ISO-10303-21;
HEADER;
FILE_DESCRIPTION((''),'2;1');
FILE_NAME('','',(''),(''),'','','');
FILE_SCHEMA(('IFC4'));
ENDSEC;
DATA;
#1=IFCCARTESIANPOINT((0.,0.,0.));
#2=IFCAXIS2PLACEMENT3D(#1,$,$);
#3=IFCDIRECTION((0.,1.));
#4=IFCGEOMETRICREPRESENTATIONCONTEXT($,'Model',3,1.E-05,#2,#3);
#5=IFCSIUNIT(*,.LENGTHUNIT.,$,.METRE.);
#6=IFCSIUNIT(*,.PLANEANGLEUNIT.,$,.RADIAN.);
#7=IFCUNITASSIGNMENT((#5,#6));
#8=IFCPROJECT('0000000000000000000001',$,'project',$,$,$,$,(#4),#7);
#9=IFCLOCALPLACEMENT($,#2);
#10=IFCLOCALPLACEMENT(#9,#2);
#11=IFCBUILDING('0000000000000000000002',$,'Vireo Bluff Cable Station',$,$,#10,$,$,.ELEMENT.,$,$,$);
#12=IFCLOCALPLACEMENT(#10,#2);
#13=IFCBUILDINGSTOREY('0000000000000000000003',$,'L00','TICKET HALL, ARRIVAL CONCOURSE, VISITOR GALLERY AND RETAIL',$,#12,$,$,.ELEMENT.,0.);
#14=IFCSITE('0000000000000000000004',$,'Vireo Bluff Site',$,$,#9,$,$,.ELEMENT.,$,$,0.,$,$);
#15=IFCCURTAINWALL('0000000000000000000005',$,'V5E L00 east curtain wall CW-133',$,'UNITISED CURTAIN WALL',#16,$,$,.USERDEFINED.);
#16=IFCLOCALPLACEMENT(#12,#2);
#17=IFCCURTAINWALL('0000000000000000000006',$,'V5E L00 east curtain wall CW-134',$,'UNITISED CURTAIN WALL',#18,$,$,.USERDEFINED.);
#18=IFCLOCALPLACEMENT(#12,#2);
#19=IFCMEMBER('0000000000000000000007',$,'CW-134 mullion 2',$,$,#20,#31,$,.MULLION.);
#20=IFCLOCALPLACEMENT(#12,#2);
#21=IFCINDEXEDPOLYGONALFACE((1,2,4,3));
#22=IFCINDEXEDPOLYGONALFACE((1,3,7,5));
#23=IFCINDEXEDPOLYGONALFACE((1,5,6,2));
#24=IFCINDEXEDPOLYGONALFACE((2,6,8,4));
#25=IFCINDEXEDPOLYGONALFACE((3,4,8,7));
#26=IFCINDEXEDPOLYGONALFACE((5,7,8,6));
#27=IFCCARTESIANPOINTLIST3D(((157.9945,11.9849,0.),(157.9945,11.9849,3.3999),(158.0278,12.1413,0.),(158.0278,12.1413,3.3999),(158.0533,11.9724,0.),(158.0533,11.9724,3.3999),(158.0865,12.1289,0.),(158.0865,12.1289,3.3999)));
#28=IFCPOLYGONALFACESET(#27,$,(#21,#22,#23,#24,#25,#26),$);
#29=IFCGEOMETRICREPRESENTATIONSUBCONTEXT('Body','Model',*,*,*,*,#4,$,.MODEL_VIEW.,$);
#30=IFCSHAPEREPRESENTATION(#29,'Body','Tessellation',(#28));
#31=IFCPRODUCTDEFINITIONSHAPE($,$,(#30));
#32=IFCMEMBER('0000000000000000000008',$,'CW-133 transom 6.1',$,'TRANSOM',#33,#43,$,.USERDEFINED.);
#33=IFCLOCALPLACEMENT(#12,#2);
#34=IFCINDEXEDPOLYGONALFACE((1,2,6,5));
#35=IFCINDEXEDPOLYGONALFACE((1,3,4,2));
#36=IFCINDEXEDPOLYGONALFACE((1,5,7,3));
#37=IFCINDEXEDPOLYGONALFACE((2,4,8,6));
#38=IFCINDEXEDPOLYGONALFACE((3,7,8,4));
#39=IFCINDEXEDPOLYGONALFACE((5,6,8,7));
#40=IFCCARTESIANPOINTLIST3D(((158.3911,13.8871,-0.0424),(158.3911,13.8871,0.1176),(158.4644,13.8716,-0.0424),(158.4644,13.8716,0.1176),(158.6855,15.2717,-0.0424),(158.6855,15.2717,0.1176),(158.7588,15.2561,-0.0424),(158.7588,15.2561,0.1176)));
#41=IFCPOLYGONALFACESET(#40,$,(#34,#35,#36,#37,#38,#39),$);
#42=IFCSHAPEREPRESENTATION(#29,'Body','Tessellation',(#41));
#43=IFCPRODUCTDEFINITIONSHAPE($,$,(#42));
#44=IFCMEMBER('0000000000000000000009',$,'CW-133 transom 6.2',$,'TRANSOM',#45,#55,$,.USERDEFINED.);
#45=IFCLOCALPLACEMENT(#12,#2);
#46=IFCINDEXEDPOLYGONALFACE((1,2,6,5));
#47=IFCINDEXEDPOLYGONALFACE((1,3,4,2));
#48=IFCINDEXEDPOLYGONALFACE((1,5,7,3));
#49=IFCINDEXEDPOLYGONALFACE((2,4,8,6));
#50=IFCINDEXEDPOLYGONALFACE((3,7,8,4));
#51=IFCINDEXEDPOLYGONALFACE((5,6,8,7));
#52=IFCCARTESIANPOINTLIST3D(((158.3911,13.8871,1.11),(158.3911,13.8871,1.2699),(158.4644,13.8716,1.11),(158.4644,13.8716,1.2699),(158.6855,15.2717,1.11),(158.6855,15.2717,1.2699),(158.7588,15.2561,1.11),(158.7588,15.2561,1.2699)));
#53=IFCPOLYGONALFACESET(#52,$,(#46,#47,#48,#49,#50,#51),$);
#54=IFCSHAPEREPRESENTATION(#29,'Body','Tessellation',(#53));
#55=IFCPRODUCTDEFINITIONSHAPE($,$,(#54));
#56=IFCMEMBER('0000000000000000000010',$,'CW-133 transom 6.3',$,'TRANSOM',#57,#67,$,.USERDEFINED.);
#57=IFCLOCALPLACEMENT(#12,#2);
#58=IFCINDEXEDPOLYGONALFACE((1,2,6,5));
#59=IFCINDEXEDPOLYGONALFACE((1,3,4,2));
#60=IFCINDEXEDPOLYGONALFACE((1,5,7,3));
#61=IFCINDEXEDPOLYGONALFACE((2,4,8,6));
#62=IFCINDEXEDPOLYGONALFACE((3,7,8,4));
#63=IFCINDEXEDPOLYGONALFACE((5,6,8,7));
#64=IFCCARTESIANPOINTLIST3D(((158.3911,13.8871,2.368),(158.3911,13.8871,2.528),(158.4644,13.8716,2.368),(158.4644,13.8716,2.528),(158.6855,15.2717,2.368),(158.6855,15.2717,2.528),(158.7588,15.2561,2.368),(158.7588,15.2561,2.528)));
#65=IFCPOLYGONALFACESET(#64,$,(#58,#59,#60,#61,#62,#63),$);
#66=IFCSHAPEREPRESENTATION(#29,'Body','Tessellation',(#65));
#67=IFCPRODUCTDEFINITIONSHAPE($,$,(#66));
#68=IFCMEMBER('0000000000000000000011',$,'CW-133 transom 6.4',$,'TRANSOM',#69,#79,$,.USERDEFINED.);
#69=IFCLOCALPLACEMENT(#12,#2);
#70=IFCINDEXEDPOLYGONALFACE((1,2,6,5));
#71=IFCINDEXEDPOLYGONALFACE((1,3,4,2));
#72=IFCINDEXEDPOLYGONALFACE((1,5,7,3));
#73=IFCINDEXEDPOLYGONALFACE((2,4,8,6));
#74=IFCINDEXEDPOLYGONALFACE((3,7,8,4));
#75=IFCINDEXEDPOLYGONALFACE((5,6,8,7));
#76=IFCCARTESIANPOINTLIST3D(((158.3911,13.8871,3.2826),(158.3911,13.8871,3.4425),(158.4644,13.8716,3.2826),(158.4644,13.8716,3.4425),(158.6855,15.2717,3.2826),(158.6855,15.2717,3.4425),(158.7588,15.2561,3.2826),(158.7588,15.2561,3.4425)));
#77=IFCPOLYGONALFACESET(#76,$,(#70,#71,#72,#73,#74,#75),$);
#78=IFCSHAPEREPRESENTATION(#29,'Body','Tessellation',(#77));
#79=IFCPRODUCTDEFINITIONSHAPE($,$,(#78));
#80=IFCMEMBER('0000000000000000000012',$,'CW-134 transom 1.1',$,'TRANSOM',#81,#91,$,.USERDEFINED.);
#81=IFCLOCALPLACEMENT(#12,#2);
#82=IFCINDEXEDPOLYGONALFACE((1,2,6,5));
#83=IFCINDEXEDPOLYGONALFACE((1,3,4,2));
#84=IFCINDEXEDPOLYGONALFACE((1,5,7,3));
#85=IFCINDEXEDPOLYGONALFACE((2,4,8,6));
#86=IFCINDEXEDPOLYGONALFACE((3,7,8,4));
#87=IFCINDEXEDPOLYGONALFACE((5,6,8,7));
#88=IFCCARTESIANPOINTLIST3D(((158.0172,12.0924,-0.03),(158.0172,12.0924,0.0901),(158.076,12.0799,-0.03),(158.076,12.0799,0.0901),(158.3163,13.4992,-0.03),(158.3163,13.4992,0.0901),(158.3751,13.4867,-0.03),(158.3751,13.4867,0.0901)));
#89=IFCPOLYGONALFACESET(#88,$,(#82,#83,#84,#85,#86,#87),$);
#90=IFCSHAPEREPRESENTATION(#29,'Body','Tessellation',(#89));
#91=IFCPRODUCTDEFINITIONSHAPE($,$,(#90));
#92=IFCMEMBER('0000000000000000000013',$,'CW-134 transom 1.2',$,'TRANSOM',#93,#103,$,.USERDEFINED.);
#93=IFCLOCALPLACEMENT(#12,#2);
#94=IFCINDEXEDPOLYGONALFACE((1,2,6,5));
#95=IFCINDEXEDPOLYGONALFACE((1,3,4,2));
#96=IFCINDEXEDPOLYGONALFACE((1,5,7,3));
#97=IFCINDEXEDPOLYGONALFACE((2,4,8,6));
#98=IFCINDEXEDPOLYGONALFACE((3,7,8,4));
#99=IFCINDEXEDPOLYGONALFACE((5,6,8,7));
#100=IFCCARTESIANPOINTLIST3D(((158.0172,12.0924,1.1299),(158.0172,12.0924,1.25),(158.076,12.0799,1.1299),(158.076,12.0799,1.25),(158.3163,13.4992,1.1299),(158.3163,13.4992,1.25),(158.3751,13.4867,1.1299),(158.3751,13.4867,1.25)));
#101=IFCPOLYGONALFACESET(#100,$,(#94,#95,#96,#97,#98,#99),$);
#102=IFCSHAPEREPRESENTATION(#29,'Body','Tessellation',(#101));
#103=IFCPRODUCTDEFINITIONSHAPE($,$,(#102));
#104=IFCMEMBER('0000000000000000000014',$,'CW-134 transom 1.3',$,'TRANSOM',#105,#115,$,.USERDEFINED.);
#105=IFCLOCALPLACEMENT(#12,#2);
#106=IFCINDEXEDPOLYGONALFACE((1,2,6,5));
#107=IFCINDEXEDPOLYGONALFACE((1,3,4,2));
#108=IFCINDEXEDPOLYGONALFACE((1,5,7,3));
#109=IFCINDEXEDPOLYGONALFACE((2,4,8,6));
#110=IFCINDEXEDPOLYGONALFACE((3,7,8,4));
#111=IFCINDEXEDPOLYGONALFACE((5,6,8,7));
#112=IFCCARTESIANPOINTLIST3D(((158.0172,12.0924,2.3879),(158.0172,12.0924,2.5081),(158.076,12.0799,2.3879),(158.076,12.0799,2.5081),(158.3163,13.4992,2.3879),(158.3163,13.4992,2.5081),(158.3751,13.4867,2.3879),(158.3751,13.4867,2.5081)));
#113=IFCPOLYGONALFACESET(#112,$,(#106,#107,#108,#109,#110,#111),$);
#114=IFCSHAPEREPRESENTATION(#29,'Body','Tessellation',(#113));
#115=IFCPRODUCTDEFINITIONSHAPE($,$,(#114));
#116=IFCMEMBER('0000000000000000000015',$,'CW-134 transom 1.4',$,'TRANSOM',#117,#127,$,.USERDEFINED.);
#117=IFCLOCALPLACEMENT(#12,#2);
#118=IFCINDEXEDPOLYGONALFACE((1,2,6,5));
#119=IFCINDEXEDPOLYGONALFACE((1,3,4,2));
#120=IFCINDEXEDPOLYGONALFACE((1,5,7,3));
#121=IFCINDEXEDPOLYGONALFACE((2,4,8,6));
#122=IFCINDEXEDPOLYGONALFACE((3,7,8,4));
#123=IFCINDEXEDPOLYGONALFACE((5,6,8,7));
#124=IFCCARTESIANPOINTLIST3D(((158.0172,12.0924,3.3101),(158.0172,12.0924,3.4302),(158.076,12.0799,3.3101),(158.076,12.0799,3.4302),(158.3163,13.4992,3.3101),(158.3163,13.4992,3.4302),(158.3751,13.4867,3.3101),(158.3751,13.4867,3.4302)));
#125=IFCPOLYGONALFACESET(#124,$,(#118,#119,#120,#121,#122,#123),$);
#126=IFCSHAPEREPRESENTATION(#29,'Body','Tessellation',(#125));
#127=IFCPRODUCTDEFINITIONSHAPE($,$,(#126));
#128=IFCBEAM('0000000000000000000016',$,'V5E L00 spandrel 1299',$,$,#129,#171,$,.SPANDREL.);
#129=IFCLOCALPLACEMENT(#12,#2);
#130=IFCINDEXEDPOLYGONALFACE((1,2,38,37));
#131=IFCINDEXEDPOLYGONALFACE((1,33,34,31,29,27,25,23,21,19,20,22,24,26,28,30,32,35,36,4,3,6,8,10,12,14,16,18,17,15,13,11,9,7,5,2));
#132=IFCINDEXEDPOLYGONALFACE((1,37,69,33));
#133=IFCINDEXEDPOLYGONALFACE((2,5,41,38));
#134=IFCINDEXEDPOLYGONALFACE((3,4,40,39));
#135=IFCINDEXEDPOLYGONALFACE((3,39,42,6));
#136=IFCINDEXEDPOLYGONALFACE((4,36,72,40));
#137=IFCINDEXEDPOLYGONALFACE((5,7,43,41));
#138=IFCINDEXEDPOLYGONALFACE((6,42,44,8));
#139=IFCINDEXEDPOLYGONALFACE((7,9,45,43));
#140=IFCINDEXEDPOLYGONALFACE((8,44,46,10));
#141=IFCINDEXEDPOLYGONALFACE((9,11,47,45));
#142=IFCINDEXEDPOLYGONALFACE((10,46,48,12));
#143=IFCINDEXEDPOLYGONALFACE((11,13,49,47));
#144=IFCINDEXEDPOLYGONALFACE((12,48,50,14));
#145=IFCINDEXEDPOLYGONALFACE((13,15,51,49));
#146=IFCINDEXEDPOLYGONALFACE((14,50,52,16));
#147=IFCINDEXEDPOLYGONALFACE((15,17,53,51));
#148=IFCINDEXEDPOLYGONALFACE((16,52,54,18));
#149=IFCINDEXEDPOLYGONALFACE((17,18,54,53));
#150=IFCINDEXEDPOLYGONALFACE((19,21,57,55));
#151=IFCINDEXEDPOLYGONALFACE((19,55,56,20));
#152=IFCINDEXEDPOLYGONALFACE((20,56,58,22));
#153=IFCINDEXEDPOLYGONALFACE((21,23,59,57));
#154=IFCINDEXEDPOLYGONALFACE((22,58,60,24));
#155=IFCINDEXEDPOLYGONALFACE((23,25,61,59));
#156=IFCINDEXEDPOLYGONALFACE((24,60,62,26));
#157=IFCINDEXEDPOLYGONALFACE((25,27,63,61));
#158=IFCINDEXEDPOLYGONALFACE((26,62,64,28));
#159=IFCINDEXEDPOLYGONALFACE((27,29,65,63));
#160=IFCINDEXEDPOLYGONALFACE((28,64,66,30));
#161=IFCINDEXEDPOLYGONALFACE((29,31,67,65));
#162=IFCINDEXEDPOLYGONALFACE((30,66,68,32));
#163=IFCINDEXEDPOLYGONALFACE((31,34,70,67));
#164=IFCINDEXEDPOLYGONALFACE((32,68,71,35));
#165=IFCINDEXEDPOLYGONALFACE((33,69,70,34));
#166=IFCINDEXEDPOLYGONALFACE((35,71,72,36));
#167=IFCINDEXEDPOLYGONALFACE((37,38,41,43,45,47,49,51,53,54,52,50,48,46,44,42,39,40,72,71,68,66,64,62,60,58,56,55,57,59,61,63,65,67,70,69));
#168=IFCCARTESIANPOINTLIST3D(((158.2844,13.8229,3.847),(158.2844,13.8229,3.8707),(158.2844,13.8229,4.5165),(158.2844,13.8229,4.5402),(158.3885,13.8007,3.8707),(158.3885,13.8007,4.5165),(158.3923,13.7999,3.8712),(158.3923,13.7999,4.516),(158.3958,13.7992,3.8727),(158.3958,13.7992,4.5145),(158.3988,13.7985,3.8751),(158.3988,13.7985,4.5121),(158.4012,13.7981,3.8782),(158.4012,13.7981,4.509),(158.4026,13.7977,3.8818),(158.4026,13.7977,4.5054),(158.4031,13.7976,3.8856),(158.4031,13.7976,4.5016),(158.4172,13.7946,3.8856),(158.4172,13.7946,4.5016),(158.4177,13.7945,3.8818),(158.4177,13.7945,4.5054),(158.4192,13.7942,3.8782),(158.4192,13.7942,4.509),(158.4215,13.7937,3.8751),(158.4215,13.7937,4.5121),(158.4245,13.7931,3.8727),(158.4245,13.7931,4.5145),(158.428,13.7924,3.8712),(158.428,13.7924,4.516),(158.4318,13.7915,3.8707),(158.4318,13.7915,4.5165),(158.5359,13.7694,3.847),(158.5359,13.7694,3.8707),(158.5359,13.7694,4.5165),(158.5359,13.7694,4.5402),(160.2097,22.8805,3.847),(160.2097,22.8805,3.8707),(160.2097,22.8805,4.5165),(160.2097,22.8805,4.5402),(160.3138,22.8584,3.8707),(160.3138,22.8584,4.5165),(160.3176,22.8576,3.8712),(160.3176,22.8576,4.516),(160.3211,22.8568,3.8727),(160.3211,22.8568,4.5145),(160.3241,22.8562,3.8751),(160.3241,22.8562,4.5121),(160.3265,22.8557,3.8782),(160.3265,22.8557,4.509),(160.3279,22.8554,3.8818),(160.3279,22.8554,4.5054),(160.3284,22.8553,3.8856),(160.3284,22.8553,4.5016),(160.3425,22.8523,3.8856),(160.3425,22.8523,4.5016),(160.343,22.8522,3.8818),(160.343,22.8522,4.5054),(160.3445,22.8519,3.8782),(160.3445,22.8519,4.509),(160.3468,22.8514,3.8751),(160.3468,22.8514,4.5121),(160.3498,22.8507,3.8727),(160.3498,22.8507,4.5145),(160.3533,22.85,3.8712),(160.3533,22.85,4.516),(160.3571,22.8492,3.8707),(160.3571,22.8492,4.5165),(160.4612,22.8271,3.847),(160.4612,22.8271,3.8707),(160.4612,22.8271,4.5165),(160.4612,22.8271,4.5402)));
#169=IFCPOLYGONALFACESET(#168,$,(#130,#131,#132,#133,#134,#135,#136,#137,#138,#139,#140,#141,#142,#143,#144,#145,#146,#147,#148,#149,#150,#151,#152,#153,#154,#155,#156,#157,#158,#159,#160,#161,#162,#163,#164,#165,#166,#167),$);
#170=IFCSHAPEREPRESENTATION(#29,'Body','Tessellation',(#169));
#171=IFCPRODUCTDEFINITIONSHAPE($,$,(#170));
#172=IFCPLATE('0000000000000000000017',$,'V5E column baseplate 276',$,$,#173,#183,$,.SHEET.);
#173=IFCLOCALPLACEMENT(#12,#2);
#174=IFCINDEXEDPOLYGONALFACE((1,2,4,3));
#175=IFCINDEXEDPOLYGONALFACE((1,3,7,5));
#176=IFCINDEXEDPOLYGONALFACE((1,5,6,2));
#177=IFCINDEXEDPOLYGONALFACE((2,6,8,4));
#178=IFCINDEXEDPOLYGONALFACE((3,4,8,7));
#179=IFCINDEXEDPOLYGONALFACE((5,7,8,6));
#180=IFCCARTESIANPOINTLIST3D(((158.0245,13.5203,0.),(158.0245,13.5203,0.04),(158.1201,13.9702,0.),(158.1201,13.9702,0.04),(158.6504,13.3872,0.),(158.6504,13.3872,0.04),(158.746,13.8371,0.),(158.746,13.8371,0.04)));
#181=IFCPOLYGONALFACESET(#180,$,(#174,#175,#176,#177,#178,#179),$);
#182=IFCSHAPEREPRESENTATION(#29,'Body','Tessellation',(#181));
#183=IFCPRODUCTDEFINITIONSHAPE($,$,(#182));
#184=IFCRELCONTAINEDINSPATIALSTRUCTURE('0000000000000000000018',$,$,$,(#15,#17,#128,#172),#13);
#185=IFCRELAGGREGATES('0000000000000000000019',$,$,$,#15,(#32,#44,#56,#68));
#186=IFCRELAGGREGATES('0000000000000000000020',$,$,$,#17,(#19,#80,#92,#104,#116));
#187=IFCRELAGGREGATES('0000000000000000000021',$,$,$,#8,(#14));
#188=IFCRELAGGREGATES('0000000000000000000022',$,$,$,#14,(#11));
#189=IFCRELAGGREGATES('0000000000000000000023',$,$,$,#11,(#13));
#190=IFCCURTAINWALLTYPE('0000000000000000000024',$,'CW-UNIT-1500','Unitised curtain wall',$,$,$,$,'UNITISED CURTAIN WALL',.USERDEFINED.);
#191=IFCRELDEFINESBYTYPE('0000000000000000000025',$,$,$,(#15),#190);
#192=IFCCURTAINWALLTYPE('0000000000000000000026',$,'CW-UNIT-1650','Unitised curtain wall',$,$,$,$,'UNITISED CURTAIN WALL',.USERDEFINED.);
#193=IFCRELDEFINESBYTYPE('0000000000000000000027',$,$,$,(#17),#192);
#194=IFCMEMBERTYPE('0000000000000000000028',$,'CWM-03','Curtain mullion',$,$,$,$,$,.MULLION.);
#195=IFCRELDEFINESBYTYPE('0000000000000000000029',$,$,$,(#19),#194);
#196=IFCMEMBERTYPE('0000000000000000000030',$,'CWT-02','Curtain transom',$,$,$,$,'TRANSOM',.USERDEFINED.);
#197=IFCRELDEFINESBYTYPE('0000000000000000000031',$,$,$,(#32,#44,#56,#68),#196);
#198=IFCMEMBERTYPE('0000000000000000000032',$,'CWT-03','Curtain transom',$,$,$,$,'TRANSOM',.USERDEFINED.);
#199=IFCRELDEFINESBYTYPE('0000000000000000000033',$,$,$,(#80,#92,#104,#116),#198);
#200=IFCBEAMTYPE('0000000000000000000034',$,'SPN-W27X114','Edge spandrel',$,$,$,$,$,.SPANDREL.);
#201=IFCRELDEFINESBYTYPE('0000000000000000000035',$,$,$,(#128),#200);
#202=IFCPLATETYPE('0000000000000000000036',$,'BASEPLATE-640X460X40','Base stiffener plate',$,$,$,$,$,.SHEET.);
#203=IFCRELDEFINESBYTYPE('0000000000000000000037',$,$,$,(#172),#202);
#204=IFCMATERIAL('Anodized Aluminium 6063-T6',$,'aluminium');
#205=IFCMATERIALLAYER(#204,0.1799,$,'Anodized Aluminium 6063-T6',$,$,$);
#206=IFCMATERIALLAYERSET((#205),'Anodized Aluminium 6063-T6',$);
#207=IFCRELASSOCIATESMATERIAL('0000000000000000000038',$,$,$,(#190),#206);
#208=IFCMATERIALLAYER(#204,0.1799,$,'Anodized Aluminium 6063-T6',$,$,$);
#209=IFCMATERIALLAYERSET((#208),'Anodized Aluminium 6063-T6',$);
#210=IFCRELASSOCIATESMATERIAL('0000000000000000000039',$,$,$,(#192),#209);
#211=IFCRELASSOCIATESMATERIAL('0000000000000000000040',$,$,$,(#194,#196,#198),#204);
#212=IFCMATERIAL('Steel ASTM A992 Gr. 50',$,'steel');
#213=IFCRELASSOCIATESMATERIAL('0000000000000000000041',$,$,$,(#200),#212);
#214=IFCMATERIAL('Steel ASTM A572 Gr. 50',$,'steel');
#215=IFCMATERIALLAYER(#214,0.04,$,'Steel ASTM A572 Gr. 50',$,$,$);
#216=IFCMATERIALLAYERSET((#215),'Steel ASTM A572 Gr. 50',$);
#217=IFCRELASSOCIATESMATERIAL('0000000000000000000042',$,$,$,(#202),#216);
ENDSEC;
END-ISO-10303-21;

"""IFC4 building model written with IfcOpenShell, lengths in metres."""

from ifc_helpers import new_model, si_unit, direction, frame, origin, origin_2d, place, context, subcontext, project, spatial, rectangle, i_section, extrude, material, layer, layer_set, material_profile, profile_set, type_object, element, aggregate, save


model = new_model("IFC4")

# Units and contexts
model_context = context("Model", 3, precision=1e-05, world=origin(), true_north=direction((0.0, 1.0)))
body_context = subcontext(model_context, "Body", "Model", "MODEL_VIEW")
ifc_project = project(units=[si_unit("LENGTHUNIT", "METRE"), si_unit("PLANEANGLEUNIT", "RADIAN")], contexts=[model_context])

# Site, building, storey
site_placement = place(None, origin())
site = spatial("IfcSite", under=ifc_project, at=site_placement, Name="Vireo Bluff Site", CompositionType="ELEMENT", RefElevation=0.0)
building_placement = place(site_placement, origin())
building = spatial("IfcBuilding", under=site, at=building_placement, Name="Vireo Bluff Cable Station", CompositionType="ELEMENT")
storey_placement = place(building_placement, origin())
storey = spatial("IfcBuildingStorey", under=building, at=storey_placement, Name="L00", Description="TICKET HALL, ARRIVAL CONCOURSE, VISITOR GALLERY AND RETAIL", CompositionType="ELEMENT", Elevation=0.0)

# Shared definitions
ifc_material_1 = material(Name="Steel ASTM A992 Gr. 50", Category="steel")

# Curtain walls, member
ifc_material_2 = material(Name="Anodized Aluminium 6063-T6", Category="aluminium")
ifc_layer_1 = layer(ifc_material_2, 0.1799, Name="Anodized Aluminium 6063-T6")
ifc_layer_set_1 = layer_set([ifc_layer_1], Name="Anodized Aluminium 6063-T6")
curtain_wall_type_1 = type_object("IfcCurtainWallType", Name="CW-UNIT-1500", Description="Unitised curtain wall", ElementType="UNITISED CURTAIN WALL", PredefinedType="USERDEFINED", material=ifc_layer_set_1)
curtain_wall_1_placement = place(storey_placement, origin())
curtain_wall_1 = element("IfcCurtainWall", 1, at=curtain_wall_1_placement, inside=storey, type_object=curtain_wall_type_1, Name="V5E L00 east curtain wall CW-133", ObjectType="UNITISED CURTAIN WALL", PredefinedType="USERDEFINED")
ifc_layer_2 = layer(ifc_material_2, 0.1799, Name="Anodized Aluminium 6063-T6")
ifc_layer_set_2 = layer_set([ifc_layer_2], Name="Anodized Aluminium 6063-T6")
curtain_wall_type_2 = type_object("IfcCurtainWallType", Name="CW-UNIT-1650", Description="Unitised curtain wall", ElementType="UNITISED CURTAIN WALL", PredefinedType="USERDEFINED", material=ifc_layer_set_2)
curtain_wall_2_placement = place(storey_placement, origin())
curtain_wall_2 = element("IfcCurtainWall", 2, at=curtain_wall_2_placement, inside=storey, type_object=curtain_wall_type_2, Name="V5E L00 east curtain wall CW-134", ObjectType="UNITISED CURTAIN WALL", PredefinedType="USERDEFINED")
ifc_material_profile_1 = material_profile(ifc_material_2, rectangle(XDim=0.0601, YDim=0.1599, at=origin_2d()), Name="ALU-M-60X160")
ifc_profile_set_1 = profile_set([ifc_material_profile_1], Name="Anodized Aluminium 6063-T6")
member_type_1 = type_object("IfcMemberType", Name="CWM-03", Description="Curtain mullion", PredefinedType="MULLION", material=ifc_profile_set_1)
member_1_placement = place(storey_placement, frame((158.0405, 12.0569, 0.0), z_axis=(0.0, 0.0, 1.0), x_axis=(0.978148, -0.207912, 0.0)))
member_1 = element("IfcMember", 3, at=member_1_placement, type_object=member_type_1, Name="CW-134 mullion 2", PredefinedType="MULLION", context=body_context, shape_type="SweptSolid", body=[
    extrude(rectangle(XDim=0.0601, YDim=0.1599, at=origin_2d()), origin(), (0.0, 0.0, 1.0), 3.3999),
])

# Members
ifc_material_profile_2 = material_profile(ifc_material_2, rectangle(XDim=0.075, YDim=0.1599, at=origin_2d()), Name="ALU-T-75X160")
ifc_profile_set_2 = profile_set([ifc_material_profile_2], Name="Anodized Aluminium 6063-T6")
member_type_2 = type_object("IfcMemberType", Name="CWT-02", Description="Curtain transom", ElementType="TRANSOM", PredefinedType="USERDEFINED", material=ifc_profile_set_2)
member_2_placement = place(storey_placement, frame((158.7222, 15.2639, 0.0376), z_axis=(-0.208009, -0.978127, 0.0), x_axis=(0.978127, -0.208009, 0.0)))
member_2 = element("IfcMember", 4, at=member_2_placement, type_object=member_type_2, Name="CW-133 transom 6.1", ObjectType="TRANSOM", PredefinedType="USERDEFINED", context=body_context, shape_type="SweptSolid", body=[
    extrude(rectangle(XDim=0.075, YDim=0.1599, at=origin_2d()), origin(), (0.0, 0.0, 1.0), 1.4155),
])
member_3_placement = place(storey_placement, frame((158.7222, 15.2639, 1.1899), z_axis=(-0.208009, -0.978127, 0.0), x_axis=(0.978127, -0.208009, 0.0)))
member_3 = element("IfcMember", 5, at=member_3_placement, type_object=member_type_2, Name="CW-133 transom 6.2", ObjectType="TRANSOM", PredefinedType="USERDEFINED", context=body_context, shape_type="SweptSolid", body=[
    extrude(rectangle(XDim=0.075, YDim=0.1599, at=origin_2d()), origin(), (0.0, 0.0, 1.0), 1.4155),
])
member_4_placement = place(storey_placement, frame((158.7222, 15.2639, 2.448), z_axis=(-0.208009, -0.978127, 0.0), x_axis=(0.978127, -0.208009, 0.0)))
member_4 = element("IfcMember", 6, at=member_4_placement, type_object=member_type_2, Name="CW-133 transom 6.3", ObjectType="TRANSOM", PredefinedType="USERDEFINED", context=body_context, shape_type="SweptSolid", body=[
    extrude(rectangle(XDim=0.075, YDim=0.1599, at=origin_2d()), origin(), (0.0, 0.0, 1.0), 1.4155),
])
member_5_placement = place(storey_placement, frame((158.7222, 15.2639, 3.3625), z_axis=(-0.208009, -0.978127, 0.0), x_axis=(0.978127, -0.208009, 0.0)))
member_5 = element("IfcMember", 7, at=member_5_placement, type_object=member_type_2, Name="CW-133 transom 6.4", ObjectType="TRANSOM", PredefinedType="USERDEFINED", context=body_context, shape_type="SweptSolid", body=[
    extrude(rectangle(XDim=0.075, YDim=0.1599, at=origin_2d()), origin(), (0.0, 0.0, 1.0), 1.4155),
])
ifc_material_profile_3 = material_profile(ifc_material_2, rectangle(XDim=0.0601, YDim=0.1201, at=origin_2d()), Name="ALU-T-60X120")
ifc_profile_set_3 = profile_set([ifc_material_profile_3], Name="Anodized Aluminium 6063-T6")
member_type_3 = type_object("IfcMemberType", Name="CWT-03", Description="Curtain transom", ElementType="TRANSOM", PredefinedType="USERDEFINED", material=ifc_profile_set_3)
member_6_placement = place(storey_placement, frame((158.3457, 13.4929, 0.03), z_axis=(-0.207952, -0.978139, 0.0), x_axis=(0.978139, -0.207952, 0.0)))
member_6 = element("IfcMember", 8, at=member_6_placement, type_object=member_type_3, Name="CW-134 transom 1.1", ObjectType="TRANSOM", PredefinedType="USERDEFINED", context=body_context, shape_type="SweptSolid", body=[
    extrude(rectangle(XDim=0.0601, YDim=0.1201, at=origin_2d()), origin(), (0.0, 0.0, 1.0), 1.4382),
])
member_7_placement = place(storey_placement, frame((158.3457, 13.4929, 1.1899), z_axis=(-0.207952, -0.978139, 0.0), x_axis=(0.978139, -0.207952, 0.0)))
member_7 = element("IfcMember", 9, at=member_7_placement, type_object=member_type_3, Name="CW-134 transom 1.2", ObjectType="TRANSOM", PredefinedType="USERDEFINED", context=body_context, shape_type="SweptSolid", body=[
    extrude(rectangle(XDim=0.0601, YDim=0.1201, at=origin_2d()), origin(), (0.0, 0.0, 1.0), 1.4382),
])
member_8_placement = place(storey_placement, frame((158.3457, 13.4929, 2.448), z_axis=(-0.207952, -0.978139, 0.0), x_axis=(0.978139, -0.207952, 0.0)))
member_8 = element("IfcMember", 10, at=member_8_placement, type_object=member_type_3, Name="CW-134 transom 1.3", ObjectType="TRANSOM", PredefinedType="USERDEFINED", context=body_context, shape_type="SweptSolid", body=[
    extrude(rectangle(XDim=0.0601, YDim=0.1201, at=origin_2d()), origin(), (0.0, 0.0, 1.0), 1.4382),
])
member_9_placement = place(storey_placement, frame((158.3457, 13.4929, 3.3701), z_axis=(-0.207952, -0.978139, 0.0), x_axis=(0.978139, -0.207952, 0.0)))
member_9 = element("IfcMember", 11, at=member_9_placement, type_object=member_type_3, Name="CW-134 transom 1.4", ObjectType="TRANSOM", PredefinedType="USERDEFINED", context=body_context, shape_type="SweptSolid", body=[
    extrude(rectangle(XDim=0.0601, YDim=0.1201, at=origin_2d()), origin(), (0.0, 0.0, 1.0), 1.4382),
])

# Beam
ifc_material_profile_4 = material_profile(ifc_material_1, i_section(OverallWidth=0.2571, OverallDepth=0.6931, WebThickness=0.0144, FlangeThickness=0.0237, FilletRadius=0.0149, at=origin_2d()), Name="W27X114")
ifc_profile_set_4 = profile_set([ifc_material_profile_4], Name="Steel ASTM A992 Gr. 50")
beam_type = type_object("IfcBeamType", Name="SPN-W27X114", Description="Edge spandrel", PredefinedType="SPANDREL", material=ifc_profile_set_4)
beam_placement = place(storey_placement, frame((158.4102, 13.7961, 4.1936), z_axis=(0.207916, 0.978147, 0.0), x_axis=(-0.978147, 0.207916, 0.0)))
element("IfcBeam", 12, at=beam_placement, inside=storey, type_object=beam_type, Name="V5E L00 spandrel 1299", PredefinedType="SPANDREL", context=body_context, shape_type="SweptSolid", body=[
    extrude(i_section(OverallWidth=0.2571, OverallDepth=0.6931, WebThickness=0.0144, FlangeThickness=0.0237, FilletRadius=0.0149, at=origin_2d()), origin(), (0.0, 0.0, 1.0), 9.26),
])

# Plate
ifc_material_3 = material(Name="Steel ASTM A572 Gr. 50", Category="steel")
ifc_layer_3 = layer(ifc_material_3, 0.04, Name="Steel ASTM A572 Gr. 50")
ifc_layer_set_3 = layer_set([ifc_layer_3], Name="Steel ASTM A572 Gr. 50")
plate_type_1 = type_object("IfcPlateType", Name="BASEPLATE-640X460X40", Description="Base stiffener plate", PredefinedType="SHEET", material=ifc_layer_set_3)
plate_1_placement = place(storey_placement, frame((158.3853, 13.6787, 0.0), z_axis=(0.0, 0.0, 1.0), x_axis=(0.978148, -0.207912, 0.0)))
element("IfcPlate", 13, at=plate_1_placement, inside=storey, type_object=plate_type_1, Name="V5E column baseplate 276", PredefinedType="SHEET", context=body_context, shape_type="SweptSolid", body=[
    extrude(rectangle(XDim=0.6399, YDim=0.46, at=origin_2d()), origin(), (0.0, 0.0, 1.0), 0.04),
])
aggregate(curtain_wall_1, [member_2, member_3, member_4, member_5])
aggregate(curtain_wall_2, [member_1, member_6, member_7, member_8, member_9])

save(model, "model.ifc")
